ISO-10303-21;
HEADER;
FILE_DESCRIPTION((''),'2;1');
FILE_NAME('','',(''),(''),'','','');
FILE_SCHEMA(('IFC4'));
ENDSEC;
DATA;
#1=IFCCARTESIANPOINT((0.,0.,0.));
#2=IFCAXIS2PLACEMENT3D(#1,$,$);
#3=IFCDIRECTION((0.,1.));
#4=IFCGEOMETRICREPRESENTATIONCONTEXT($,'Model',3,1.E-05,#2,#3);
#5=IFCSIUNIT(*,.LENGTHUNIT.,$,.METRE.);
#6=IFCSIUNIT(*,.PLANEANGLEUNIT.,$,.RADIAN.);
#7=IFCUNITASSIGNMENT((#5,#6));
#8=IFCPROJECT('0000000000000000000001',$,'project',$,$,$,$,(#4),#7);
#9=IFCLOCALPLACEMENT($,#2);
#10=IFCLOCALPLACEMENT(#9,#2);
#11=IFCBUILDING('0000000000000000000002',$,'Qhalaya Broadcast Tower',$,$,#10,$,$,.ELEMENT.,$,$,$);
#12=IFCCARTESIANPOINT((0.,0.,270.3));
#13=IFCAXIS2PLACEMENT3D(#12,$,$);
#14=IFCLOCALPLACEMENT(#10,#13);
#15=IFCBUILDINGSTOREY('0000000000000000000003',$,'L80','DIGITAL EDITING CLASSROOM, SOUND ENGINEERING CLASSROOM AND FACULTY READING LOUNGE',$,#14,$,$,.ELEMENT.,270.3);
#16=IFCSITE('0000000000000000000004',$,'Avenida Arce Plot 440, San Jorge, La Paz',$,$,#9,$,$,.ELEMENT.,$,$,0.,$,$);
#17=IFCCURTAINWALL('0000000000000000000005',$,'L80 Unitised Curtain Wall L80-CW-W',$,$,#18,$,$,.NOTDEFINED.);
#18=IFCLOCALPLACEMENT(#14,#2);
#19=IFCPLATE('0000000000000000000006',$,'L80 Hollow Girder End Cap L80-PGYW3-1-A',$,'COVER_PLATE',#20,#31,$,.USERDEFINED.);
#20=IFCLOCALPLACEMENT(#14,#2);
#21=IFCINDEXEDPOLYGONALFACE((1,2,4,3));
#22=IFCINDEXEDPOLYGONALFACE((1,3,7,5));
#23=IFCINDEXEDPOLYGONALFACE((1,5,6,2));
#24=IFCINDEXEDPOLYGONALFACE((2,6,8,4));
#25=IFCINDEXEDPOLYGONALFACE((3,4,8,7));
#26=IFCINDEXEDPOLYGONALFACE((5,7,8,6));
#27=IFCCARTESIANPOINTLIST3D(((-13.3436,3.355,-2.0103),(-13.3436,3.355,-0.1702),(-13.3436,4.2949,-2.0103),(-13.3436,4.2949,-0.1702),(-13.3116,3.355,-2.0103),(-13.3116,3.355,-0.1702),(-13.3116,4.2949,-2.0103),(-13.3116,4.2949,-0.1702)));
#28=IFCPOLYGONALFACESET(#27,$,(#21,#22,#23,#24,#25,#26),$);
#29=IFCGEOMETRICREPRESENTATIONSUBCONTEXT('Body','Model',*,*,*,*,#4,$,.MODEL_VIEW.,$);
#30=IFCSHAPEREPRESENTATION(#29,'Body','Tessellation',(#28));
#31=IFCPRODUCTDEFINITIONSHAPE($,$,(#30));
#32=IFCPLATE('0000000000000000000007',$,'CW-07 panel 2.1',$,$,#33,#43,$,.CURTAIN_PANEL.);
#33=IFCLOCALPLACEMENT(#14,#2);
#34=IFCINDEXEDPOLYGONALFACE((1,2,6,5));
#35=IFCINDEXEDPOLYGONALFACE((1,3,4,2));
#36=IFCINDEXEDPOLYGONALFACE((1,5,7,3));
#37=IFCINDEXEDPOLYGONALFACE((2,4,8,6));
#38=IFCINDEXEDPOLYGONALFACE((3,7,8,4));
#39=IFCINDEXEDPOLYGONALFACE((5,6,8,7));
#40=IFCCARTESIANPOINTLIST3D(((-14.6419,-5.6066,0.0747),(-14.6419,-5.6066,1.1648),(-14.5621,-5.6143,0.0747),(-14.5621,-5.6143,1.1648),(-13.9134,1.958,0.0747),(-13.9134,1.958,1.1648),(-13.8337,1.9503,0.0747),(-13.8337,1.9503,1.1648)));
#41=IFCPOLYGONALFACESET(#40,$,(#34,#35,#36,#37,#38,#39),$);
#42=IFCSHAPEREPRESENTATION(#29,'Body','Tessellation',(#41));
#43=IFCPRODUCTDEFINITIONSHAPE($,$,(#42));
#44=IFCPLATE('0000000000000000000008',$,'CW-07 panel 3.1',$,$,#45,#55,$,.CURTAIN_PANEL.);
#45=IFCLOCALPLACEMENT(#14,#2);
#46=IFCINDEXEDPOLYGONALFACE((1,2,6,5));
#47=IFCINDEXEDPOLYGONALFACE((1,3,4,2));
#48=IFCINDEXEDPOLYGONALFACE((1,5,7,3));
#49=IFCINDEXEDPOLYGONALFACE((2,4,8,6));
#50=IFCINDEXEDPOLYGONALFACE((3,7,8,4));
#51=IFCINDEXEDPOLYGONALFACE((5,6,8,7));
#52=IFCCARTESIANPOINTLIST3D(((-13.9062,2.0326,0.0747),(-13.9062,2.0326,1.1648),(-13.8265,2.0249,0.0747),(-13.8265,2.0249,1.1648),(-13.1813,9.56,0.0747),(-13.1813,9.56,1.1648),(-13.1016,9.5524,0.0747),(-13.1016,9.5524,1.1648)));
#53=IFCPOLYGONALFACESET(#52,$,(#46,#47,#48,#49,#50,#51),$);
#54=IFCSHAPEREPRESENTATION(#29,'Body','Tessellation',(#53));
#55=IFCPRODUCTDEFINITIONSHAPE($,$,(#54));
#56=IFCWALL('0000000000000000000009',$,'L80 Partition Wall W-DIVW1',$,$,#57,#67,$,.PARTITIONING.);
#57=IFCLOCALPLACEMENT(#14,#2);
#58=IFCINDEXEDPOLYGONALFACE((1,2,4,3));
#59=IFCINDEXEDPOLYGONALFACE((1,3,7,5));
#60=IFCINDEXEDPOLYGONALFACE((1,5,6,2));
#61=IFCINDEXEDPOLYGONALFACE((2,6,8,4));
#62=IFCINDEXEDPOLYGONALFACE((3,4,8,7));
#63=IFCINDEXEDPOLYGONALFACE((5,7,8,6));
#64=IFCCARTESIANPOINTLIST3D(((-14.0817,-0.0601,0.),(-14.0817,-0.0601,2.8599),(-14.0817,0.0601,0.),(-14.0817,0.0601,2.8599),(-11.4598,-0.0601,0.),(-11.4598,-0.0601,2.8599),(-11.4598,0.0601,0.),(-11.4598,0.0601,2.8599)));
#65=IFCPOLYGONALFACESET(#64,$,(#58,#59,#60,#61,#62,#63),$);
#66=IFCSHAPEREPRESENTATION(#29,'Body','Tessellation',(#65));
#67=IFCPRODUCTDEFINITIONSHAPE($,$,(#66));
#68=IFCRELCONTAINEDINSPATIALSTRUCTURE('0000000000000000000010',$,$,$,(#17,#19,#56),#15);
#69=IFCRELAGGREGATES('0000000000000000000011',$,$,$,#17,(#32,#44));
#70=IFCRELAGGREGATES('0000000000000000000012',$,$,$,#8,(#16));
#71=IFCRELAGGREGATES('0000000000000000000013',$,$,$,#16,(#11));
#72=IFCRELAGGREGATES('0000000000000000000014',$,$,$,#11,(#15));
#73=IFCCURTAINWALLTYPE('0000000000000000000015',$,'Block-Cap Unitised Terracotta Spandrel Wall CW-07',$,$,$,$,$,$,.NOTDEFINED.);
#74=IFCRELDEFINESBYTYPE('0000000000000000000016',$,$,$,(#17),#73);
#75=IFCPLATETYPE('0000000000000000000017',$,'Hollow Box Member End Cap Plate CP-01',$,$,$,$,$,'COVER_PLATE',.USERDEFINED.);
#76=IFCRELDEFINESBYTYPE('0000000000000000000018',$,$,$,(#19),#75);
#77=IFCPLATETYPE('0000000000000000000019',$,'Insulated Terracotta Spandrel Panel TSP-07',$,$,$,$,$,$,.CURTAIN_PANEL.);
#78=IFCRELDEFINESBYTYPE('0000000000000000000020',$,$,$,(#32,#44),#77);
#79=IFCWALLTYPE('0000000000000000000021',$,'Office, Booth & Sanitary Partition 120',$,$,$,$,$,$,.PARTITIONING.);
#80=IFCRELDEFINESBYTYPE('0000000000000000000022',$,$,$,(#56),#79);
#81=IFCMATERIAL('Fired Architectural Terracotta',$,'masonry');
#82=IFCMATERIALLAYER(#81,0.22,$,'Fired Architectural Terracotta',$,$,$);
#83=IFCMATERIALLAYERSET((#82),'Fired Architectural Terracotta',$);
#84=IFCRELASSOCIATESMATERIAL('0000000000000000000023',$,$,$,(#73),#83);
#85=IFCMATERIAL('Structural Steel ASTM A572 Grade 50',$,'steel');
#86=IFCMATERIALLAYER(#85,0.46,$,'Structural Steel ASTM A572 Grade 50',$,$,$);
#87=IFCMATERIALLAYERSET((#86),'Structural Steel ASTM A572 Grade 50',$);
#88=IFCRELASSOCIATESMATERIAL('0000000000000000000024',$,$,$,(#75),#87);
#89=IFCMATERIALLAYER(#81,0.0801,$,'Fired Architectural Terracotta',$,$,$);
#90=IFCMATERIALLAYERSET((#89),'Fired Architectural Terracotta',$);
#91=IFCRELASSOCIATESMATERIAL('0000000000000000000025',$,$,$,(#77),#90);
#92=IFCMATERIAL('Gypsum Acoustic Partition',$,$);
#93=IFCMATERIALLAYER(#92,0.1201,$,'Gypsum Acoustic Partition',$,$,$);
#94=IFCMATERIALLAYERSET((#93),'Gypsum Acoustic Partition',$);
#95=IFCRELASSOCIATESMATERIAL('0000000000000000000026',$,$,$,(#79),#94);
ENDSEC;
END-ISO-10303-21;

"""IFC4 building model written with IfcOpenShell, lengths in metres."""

from ifc_helpers import new_model, si_unit, direction, frame, frame_2d, origin, origin_2d, place, context, subcontext, project, spatial, rectangle, extrude, material, layer, layer_set, type_object, element, aggregate, save


model = new_model("IFC4")

# Units and contexts
model_context = context("Model", 3, precision=1e-05, world=origin(), true_north=direction((0.0, 1.0)))
body_context = subcontext(model_context, "Body", "Model", "MODEL_VIEW")
ifc_project = project(units=[si_unit("LENGTHUNIT", "METRE"), si_unit("PLANEANGLEUNIT", "RADIAN")], contexts=[model_context])

# Site, building, storey
site_placement = place(None, origin())
site = spatial("IfcSite", under=ifc_project, at=site_placement, Name="Avenida Arce Plot 440, San Jorge, La Paz", CompositionType="ELEMENT", RefElevation=0.0)
building_placement = place(site_placement, origin())
building = spatial("IfcBuilding", under=site, at=building_placement, Name="Qhalaya Broadcast Tower", CompositionType="ELEMENT")
storey_placement = place(building_placement, frame((0.0, 0.0, 270.3)))
storey = spatial("IfcBuildingStorey", under=building, at=storey_placement, Name="L80", Description="DIGITAL EDITING CLASSROOM, SOUND ENGINEERING CLASSROOM AND FACULTY READING LOUNGE", CompositionType="ELEMENT", Elevation=270.3)

# Shared definitions
ifc_material_1 = material(Name="Structural Steel ASTM A572 Grade 50", Category="steel")

# Curtain wall
ifc_material_2 = material(Name="Fired Architectural Terracotta", Category="masonry")
ifc_layer_1 = layer(ifc_material_2, 0.22, Name="Fired Architectural Terracotta")
ifc_layer_set_1 = layer_set([ifc_layer_1], Name="Fired Architectural Terracotta")
curtain_wall_type = type_object("IfcCurtainWallType", Name="Block-Cap Unitised Terracotta Spandrel Wall CW-07", PredefinedType="NOTDEFINED", material=ifc_layer_set_1)
curtain_wall_placement = place(storey_placement, origin())
curtain_wall = element("IfcCurtainWall", 1, at=curtain_wall_placement, inside=storey, type_object=curtain_wall_type, Name="L80 Unitised Curtain Wall L80-CW-W", PredefinedType="NOTDEFINED")

# Plate
ifc_layer_2 = layer(ifc_material_1, 0.46, Name="Structural Steel ASTM A572 Grade 50")
ifc_layer_set_2 = layer_set([ifc_layer_2], Name="Structural Steel ASTM A572 Grade 50")
plate_type_1 = type_object("IfcPlateType", Name="Hollow Box Member End Cap Plate CP-01", ElementType="COVER_PLATE", PredefinedType="USERDEFINED", material=ifc_layer_set_2)
for number, where, z_axis, x_axis, name in (
    (2, (-13.3276, 3.825, -2.0103), (0.0, 0.0, 1.0), (0.0, 1.0, 0.0), "L80 Hollow Girder End Cap L80-PGYW3-1-A"),
):
    element("IfcPlate", number, at=place(storey_placement, frame(where, z_axis=z_axis, x_axis=x_axis)), inside=storey, type_object=plate_type_1, Name=name, ObjectType="COVER_PLATE", PredefinedType="USERDEFINED", context=body_context, shape_type="SweptSolid", body=[
        extrude(rectangle(XDim=0.9399, YDim=0.032, at=origin_2d()), origin(), (0.0, 0.0, 1.0), 1.8401),
    ])

# Plates
ifc_layer_3 = layer(ifc_material_2, 0.0801, Name="Fired Architectural Terracotta")
ifc_layer_set_3 = layer_set([ifc_layer_3], Name="Fired Architectural Terracotta")
plate_type_2 = type_object("IfcPlateType", Name="Insulated Terracotta Spandrel Panel TSP-07", PredefinedType="CURTAIN_PANEL", material=ifc_layer_set_3)
plate_1_placement = place(storey_placement, frame((-14.2378, -1.8281, 0.0747), z_axis=(0.0, 0.0, 1.0), x_axis=(0.095848, 0.995396, 0.0)))
plate_1 = element("IfcPlate", 3, at=plate_1_placement, type_object=plate_type_2, Name="CW-07 panel 2.1", PredefinedType="CURTAIN_PANEL", context=body_context, shape_type="SweptSolid", body=[
    extrude(rectangle(XDim=7.5996, YDim=0.0801, at=origin_2d()), origin(), (0.0, 0.0, 1.0), 1.0901),
])
plate_2_placement = place(storey_placement, frame((-13.5039, 5.7925, 0.0747), z_axis=(0.0, 0.0, 1.0), x_axis=(0.095848, 0.995396, 0.0)))
plate_2 = element("IfcPlate", 4, at=plate_2_placement, type_object=plate_type_2, Name="CW-07 panel 3.1", PredefinedType="CURTAIN_PANEL", context=body_context, shape_type="SweptSolid", body=[
    extrude(rectangle(XDim=7.5623, YDim=0.0801, at=origin_2d()), origin(), (0.0, 0.0, 1.0), 1.0901),
])
aggregate(curtain_wall, [plate_1, plate_2])

# Wall
ifc_material_3 = material(Name="Gypsum Acoustic Partition")
ifc_layer_4 = layer(ifc_material_3, 0.1201, Name="Gypsum Acoustic Partition")
ifc_layer_set_4 = layer_set([ifc_layer_4], Name="Gypsum Acoustic Partition")
wall_type = type_object("IfcWallType", Name="Office, Booth & Sanitary Partition 120", PredefinedType="PARTITIONING", material=ifc_layer_set_4)
wall_placement = place(storey_placement, frame((-14.0818, 0.0, 0.0), z_axis=(0.0, 0.0, 1.0), x_axis=(1.0, 0.0, 0.0)))
element("IfcWall", 5, at=wall_placement, inside=storey, type_object=wall_type, Name="L80 Partition Wall W-DIVW1", PredefinedType="PARTITIONING", context=body_context, shape_type="SweptSolid", body=[
    extrude(rectangle(XDim=2.6218, YDim=0.1201, at=frame_2d((1.311, 0.0))), origin(), (0.0, 0.0, 1.0), 2.8599),
])

save(model, "model.ifc")
